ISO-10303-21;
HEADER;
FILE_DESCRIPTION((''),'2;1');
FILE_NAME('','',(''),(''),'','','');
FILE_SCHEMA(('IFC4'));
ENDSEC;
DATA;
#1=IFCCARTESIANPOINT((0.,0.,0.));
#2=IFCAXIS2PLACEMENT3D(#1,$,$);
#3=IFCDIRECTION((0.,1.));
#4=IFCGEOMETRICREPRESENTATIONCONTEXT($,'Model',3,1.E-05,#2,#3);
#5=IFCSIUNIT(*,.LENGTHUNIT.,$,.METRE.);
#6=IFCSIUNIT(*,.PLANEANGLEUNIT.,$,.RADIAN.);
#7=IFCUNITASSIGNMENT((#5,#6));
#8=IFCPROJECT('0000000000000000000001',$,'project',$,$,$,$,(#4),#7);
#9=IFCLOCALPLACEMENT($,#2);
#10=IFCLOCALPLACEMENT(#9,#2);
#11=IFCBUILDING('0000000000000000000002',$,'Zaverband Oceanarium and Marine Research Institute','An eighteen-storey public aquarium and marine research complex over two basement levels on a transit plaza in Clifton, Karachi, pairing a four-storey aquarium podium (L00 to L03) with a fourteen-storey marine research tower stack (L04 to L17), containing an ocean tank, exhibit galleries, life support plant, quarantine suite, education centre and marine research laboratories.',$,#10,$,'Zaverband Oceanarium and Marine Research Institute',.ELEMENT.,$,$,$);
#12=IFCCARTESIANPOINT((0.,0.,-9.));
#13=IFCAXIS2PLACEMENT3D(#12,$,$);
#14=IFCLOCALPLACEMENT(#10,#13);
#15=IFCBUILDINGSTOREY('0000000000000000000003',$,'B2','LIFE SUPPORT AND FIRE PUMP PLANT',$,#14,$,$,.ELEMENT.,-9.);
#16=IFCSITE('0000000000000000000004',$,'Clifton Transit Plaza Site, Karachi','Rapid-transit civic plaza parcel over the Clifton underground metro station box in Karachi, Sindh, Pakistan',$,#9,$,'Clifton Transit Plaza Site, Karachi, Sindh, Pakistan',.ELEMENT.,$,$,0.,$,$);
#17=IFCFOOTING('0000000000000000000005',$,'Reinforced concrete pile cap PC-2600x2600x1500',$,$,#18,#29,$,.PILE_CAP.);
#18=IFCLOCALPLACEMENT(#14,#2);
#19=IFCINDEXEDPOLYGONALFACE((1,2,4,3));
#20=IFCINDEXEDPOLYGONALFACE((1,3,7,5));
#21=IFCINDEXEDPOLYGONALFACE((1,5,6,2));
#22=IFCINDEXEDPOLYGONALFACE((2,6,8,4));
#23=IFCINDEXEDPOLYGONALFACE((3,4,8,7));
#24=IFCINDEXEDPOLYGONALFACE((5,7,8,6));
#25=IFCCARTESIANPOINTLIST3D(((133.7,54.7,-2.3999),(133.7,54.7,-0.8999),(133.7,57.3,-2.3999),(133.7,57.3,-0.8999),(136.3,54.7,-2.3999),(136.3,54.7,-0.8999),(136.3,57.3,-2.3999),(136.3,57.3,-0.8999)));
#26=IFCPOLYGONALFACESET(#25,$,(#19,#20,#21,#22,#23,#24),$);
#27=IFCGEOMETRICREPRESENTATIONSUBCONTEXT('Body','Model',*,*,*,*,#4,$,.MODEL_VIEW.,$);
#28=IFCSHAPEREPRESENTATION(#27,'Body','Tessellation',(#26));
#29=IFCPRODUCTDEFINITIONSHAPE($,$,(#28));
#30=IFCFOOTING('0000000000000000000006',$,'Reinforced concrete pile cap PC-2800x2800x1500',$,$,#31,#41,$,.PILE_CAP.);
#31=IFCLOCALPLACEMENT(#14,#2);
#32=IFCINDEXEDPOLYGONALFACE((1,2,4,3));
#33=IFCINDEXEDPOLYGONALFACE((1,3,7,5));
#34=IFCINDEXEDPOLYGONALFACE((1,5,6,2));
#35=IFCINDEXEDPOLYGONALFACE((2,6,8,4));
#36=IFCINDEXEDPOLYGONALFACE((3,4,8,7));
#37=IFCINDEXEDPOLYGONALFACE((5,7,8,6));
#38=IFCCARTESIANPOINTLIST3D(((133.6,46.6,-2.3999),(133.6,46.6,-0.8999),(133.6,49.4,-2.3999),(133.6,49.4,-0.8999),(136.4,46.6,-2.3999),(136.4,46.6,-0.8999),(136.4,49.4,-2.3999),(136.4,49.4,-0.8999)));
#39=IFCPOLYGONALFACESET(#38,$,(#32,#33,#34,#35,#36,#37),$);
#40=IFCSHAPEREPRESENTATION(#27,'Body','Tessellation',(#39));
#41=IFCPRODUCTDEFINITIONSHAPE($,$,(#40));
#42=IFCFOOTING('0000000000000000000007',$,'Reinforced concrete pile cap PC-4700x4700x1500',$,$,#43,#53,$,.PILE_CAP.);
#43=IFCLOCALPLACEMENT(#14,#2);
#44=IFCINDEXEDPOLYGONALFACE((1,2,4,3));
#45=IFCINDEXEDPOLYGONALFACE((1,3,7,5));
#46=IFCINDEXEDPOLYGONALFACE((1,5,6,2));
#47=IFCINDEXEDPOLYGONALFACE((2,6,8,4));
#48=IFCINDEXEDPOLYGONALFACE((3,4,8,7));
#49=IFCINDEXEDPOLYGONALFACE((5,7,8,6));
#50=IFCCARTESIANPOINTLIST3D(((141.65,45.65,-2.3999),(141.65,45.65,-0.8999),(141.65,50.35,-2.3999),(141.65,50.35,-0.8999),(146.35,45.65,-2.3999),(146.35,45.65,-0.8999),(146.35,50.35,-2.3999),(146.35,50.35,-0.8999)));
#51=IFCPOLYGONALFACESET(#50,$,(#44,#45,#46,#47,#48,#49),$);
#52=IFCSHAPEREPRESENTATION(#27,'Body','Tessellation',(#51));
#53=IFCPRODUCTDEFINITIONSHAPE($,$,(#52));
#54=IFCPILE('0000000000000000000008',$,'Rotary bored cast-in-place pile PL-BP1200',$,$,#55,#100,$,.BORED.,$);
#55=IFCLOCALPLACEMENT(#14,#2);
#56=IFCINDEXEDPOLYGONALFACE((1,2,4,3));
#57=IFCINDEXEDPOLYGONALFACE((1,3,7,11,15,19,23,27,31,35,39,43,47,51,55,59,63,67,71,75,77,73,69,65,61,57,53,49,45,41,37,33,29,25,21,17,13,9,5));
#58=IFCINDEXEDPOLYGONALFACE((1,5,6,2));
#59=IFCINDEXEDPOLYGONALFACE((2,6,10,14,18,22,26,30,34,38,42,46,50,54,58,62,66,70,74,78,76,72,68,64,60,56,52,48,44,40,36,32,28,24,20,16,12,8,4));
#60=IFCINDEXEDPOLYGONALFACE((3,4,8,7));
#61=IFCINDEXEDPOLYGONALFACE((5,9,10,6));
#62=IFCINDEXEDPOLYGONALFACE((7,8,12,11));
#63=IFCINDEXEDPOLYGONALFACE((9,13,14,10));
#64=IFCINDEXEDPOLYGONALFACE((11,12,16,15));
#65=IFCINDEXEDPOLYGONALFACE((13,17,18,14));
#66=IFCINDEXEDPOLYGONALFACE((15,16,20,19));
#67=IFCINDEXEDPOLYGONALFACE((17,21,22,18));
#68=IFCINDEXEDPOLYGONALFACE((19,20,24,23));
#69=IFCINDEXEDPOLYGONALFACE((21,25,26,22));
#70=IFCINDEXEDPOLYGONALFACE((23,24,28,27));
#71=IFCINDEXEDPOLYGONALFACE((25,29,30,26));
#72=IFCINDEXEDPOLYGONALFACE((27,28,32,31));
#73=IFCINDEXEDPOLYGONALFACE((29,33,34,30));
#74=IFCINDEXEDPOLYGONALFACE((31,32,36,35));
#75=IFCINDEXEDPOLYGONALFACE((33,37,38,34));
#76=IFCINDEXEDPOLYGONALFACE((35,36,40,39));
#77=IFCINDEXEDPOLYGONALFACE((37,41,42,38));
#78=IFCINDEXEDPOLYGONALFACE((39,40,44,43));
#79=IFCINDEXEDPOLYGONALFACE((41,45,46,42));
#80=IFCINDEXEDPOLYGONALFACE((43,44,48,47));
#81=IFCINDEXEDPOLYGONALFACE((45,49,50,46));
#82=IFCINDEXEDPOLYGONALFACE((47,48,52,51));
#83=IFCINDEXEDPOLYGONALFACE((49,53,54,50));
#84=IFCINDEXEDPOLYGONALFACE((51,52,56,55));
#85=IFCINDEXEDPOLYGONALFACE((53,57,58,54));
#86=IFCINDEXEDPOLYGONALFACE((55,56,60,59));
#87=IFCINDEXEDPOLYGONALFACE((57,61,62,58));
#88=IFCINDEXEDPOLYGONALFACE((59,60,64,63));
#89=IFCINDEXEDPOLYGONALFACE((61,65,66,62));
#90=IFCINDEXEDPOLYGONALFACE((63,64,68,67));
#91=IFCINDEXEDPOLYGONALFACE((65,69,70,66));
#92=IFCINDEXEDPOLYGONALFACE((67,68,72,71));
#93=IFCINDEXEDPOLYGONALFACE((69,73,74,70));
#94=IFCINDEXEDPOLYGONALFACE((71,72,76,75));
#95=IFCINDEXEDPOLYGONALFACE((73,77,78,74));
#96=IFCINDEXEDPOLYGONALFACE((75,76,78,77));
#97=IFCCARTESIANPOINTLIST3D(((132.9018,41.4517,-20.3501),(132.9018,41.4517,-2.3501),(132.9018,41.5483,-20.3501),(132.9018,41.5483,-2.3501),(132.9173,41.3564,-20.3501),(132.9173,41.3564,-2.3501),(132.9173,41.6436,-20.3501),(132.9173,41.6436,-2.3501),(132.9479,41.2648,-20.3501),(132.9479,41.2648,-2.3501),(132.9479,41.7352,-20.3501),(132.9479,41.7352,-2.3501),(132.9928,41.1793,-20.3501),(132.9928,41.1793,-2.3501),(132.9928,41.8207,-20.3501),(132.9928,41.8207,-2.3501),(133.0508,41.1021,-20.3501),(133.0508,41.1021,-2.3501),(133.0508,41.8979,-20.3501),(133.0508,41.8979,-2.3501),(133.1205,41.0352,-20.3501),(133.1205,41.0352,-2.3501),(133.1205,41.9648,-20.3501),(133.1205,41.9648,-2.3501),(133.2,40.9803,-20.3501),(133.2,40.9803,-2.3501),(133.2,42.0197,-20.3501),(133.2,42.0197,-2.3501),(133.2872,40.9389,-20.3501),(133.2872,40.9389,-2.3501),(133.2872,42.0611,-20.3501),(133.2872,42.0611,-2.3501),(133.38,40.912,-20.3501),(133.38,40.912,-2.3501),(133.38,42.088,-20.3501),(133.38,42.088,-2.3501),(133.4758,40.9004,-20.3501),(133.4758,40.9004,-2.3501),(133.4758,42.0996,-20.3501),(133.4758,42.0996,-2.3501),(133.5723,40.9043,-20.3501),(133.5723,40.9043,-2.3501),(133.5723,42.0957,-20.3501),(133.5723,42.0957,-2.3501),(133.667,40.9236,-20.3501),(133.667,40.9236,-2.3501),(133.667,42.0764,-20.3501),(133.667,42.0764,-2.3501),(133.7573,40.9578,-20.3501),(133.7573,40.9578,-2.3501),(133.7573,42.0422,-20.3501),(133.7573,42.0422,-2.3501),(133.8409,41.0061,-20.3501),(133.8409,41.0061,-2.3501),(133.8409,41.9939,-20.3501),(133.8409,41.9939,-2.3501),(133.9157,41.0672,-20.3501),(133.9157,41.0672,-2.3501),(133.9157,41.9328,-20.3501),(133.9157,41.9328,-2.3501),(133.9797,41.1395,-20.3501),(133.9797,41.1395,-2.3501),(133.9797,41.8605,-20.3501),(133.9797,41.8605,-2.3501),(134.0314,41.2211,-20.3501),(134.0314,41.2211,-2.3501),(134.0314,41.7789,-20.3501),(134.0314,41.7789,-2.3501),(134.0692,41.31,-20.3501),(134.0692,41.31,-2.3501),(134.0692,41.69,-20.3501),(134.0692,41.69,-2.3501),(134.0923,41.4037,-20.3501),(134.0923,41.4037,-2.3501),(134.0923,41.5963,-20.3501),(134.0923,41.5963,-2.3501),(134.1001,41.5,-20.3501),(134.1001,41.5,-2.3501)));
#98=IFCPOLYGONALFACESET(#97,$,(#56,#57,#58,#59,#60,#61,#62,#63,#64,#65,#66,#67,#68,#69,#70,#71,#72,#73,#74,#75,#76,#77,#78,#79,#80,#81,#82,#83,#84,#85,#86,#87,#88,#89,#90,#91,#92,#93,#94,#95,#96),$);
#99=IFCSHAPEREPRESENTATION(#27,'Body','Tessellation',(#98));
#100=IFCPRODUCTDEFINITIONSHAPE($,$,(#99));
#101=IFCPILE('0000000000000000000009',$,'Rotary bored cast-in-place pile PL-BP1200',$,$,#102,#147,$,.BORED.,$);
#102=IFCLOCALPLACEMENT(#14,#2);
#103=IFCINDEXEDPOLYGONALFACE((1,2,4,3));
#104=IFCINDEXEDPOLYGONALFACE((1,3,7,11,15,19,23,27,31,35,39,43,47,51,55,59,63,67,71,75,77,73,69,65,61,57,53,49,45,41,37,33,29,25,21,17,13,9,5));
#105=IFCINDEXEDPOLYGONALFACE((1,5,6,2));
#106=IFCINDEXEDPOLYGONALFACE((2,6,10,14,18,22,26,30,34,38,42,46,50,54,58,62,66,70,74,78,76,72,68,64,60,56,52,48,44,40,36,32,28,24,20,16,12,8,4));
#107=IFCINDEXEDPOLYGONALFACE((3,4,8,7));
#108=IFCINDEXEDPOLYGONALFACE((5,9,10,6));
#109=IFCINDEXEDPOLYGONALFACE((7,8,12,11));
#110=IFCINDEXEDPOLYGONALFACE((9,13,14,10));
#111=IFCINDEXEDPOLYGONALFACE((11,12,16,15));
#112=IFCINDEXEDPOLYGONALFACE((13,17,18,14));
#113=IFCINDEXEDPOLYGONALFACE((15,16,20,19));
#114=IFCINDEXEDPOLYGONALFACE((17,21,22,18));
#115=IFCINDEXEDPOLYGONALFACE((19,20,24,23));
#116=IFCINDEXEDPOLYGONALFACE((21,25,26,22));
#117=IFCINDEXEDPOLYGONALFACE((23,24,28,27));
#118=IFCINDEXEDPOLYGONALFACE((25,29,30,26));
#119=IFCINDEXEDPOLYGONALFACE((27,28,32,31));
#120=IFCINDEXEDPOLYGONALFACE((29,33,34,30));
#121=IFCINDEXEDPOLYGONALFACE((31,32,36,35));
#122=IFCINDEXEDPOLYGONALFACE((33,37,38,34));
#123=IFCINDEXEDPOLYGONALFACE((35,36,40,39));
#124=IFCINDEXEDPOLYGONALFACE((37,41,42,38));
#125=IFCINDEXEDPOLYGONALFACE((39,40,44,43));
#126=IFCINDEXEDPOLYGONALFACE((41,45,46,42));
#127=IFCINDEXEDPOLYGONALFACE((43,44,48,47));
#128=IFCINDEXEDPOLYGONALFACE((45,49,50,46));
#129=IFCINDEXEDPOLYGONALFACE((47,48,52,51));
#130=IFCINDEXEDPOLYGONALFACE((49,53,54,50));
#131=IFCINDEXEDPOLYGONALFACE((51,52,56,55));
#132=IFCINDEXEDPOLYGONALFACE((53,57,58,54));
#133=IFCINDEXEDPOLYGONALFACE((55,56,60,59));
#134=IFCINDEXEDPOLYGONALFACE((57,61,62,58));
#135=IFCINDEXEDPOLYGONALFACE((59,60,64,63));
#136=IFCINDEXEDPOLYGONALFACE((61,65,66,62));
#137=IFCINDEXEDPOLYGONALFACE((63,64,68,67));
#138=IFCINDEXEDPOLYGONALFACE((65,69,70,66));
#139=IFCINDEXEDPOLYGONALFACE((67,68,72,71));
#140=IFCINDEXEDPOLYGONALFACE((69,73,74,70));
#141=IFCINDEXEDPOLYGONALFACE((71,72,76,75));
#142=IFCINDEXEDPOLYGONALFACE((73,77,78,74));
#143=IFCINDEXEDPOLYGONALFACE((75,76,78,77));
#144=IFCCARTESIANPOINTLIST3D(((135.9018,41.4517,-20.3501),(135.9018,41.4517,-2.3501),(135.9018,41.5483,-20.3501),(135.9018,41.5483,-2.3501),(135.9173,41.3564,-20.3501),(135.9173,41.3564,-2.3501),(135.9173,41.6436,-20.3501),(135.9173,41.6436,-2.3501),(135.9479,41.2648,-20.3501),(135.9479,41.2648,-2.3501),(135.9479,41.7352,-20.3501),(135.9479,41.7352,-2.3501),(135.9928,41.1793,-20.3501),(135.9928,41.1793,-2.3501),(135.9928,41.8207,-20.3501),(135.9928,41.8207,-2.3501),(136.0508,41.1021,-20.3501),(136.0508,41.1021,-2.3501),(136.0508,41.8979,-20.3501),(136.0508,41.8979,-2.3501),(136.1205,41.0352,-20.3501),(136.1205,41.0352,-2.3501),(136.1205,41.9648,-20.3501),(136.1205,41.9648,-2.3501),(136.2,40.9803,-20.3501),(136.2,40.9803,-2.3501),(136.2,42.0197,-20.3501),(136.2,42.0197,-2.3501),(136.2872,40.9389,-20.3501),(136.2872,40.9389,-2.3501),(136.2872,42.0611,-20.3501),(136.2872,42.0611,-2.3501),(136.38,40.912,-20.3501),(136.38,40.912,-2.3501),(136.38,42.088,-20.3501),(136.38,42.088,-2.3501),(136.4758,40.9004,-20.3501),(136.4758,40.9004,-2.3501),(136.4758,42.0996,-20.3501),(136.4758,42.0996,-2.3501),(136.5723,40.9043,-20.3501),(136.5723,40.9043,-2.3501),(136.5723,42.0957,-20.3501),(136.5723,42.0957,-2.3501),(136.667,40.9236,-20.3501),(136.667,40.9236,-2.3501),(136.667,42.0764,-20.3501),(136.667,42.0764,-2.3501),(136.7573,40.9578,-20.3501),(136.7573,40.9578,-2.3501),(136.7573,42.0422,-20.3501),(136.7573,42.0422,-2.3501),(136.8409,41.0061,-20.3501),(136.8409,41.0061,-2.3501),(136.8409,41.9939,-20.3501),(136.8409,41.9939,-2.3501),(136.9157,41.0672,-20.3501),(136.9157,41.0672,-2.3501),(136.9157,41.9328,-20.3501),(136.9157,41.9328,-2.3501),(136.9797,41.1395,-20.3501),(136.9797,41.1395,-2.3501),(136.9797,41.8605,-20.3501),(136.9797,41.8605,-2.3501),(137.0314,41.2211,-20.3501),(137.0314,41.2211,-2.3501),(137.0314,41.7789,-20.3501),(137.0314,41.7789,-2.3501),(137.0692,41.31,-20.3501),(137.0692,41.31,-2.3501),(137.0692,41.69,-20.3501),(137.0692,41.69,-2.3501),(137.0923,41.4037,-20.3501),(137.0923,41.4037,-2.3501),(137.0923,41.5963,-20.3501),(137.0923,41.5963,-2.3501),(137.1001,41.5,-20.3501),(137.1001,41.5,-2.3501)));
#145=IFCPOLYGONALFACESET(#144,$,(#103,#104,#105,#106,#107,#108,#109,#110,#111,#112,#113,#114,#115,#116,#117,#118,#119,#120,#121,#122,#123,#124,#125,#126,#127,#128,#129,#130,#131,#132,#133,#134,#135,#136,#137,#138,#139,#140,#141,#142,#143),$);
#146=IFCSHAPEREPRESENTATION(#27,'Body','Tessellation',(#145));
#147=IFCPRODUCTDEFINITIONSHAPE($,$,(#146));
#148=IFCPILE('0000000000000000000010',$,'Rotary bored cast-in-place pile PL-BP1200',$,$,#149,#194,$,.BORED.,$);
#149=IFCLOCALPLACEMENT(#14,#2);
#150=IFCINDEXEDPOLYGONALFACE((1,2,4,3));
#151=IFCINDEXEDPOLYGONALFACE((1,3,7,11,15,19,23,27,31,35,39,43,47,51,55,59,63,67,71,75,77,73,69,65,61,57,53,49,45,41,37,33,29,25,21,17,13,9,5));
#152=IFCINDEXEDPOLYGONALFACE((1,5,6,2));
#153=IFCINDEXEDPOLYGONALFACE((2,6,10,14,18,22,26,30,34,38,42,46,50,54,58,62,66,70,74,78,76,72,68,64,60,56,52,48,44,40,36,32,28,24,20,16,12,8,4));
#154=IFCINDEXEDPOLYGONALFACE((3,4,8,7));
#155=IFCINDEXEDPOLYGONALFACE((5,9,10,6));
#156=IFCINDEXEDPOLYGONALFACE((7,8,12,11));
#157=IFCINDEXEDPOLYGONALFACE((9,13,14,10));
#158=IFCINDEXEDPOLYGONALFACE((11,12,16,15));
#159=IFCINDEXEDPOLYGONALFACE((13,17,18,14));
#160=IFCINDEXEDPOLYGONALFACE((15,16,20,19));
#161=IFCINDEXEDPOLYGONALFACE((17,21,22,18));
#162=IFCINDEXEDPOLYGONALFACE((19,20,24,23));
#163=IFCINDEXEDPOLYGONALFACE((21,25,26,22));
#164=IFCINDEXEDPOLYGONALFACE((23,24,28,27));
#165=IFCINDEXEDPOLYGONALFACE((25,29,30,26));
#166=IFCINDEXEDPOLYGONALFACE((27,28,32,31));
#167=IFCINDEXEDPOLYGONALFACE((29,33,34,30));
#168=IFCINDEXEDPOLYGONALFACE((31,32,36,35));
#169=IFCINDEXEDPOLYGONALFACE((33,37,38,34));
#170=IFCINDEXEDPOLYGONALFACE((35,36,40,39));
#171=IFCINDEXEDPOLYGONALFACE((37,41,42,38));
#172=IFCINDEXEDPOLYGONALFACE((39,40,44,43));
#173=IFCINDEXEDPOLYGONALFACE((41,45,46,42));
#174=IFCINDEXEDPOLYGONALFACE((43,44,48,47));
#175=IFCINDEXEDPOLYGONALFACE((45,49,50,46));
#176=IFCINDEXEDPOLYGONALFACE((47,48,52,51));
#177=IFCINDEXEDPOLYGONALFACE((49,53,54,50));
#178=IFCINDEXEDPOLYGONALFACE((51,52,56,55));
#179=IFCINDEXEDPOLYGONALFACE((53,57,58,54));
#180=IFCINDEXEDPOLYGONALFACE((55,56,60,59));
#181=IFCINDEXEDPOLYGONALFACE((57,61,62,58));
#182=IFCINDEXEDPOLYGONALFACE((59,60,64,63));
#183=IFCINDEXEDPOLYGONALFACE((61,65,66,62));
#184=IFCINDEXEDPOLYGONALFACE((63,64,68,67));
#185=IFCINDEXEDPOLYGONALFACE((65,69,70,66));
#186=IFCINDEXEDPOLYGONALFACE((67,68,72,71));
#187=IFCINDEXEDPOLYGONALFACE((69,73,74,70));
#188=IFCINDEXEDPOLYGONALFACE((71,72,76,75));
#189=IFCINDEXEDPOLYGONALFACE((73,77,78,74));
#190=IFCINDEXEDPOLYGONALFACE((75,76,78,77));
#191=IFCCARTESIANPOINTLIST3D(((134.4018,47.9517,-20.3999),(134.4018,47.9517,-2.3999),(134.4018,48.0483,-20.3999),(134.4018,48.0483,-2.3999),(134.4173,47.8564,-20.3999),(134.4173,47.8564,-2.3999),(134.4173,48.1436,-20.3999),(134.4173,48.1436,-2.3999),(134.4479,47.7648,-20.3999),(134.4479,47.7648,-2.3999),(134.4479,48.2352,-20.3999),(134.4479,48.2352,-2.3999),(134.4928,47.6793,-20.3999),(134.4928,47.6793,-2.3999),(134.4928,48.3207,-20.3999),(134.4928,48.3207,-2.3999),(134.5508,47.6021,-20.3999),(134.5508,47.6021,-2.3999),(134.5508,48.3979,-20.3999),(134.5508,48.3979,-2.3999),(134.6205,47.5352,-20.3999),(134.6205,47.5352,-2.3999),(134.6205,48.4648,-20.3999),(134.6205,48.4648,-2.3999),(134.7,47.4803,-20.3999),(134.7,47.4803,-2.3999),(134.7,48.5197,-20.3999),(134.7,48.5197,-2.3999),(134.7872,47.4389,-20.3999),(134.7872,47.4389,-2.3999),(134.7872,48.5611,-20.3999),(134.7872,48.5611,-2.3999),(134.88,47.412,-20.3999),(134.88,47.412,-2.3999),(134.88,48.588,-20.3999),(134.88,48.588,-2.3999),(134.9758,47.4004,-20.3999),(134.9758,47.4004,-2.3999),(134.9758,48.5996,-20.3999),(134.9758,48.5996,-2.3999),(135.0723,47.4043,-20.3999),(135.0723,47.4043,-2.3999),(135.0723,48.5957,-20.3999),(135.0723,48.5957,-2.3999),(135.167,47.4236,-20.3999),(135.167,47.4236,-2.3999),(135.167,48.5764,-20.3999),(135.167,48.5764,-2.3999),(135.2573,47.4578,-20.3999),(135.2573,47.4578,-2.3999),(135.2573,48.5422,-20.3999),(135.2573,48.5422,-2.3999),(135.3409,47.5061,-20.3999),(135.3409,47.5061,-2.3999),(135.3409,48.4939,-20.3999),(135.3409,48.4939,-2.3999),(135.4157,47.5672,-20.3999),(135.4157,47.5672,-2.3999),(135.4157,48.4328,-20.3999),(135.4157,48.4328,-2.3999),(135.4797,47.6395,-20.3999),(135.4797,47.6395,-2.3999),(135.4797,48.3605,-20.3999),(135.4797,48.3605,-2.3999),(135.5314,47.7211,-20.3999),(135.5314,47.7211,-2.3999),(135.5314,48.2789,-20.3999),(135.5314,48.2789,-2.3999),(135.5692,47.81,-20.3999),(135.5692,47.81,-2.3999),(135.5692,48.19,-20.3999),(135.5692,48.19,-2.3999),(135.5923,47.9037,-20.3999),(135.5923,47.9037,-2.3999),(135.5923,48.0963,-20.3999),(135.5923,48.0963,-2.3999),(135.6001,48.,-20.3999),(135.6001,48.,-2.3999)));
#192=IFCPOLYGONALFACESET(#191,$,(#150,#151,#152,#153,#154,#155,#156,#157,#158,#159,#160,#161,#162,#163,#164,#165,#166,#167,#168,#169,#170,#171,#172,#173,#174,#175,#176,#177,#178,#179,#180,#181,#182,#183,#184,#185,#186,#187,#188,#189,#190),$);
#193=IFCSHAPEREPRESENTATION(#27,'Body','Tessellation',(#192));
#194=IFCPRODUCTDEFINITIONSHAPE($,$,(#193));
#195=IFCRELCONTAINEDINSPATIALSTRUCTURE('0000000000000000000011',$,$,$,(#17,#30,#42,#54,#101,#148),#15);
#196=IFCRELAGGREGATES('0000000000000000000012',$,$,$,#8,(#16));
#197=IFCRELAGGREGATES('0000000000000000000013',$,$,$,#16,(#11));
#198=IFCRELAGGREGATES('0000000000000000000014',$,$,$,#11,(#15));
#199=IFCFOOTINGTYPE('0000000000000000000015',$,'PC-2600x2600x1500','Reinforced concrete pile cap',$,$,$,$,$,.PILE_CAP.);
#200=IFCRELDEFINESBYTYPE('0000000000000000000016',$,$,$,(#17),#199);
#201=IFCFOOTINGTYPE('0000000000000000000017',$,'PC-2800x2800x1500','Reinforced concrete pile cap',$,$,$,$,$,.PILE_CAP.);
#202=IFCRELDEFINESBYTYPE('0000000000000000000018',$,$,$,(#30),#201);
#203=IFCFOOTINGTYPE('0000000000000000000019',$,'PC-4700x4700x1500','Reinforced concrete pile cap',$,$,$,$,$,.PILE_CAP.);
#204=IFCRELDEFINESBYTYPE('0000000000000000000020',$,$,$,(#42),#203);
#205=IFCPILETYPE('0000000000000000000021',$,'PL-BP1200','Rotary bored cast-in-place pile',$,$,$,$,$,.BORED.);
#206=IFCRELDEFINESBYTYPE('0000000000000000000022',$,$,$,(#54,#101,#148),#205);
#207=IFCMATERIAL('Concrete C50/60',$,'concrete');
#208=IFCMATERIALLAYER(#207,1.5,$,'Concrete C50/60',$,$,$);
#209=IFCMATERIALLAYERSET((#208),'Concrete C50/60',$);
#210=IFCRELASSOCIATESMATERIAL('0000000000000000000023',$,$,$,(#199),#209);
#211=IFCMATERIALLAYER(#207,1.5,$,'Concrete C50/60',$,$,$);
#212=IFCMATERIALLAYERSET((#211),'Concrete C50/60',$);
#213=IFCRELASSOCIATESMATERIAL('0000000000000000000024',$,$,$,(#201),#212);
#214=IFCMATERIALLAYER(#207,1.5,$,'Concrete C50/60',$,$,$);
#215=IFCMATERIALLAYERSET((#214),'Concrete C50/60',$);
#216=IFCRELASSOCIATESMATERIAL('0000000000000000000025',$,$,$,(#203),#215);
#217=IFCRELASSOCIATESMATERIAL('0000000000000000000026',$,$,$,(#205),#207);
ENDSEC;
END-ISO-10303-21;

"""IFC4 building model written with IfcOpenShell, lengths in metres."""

from ifc_helpers import new_model, si_unit, direction, frame, origin, origin_2d, place, context, subcontext, project, spatial, rectangle, circle, extrude, material, layer, layer_set, material_profile, profile_set, type_object, element, save


model = new_model("IFC4")

# Units and contexts
model_context = context("Model", 3, precision=1e-05, world=origin(), true_north=direction((0.0, 1.0)))
body_context = subcontext(model_context, "Body", "Model", "MODEL_VIEW")
ifc_project = project(units=[si_unit("LENGTHUNIT", "METRE"), si_unit("PLANEANGLEUNIT", "RADIAN")], contexts=[model_context])

# Site, building, storey
site_placement = place(None, origin())
site = spatial("IfcSite", under=ifc_project, at=site_placement, Name="Clifton Transit Plaza Site, Karachi", Description="Rapid-transit civic plaza parcel over the Clifton underground metro station box in Karachi, Sindh, Pakistan", LongName="Clifton Transit Plaza Site, Karachi, Sindh, Pakistan", CompositionType="ELEMENT", RefElevation=0.0)
building_placement = place(site_placement, origin())
building = spatial("IfcBuilding", under=site, at=building_placement, Name="Zaverband Oceanarium and Marine Research Institute", Description="An eighteen-storey public aquarium and marine research complex over two basement levels on a transit plaza in Clifton, Karachi, pairing a four-storey aquarium podium (L00 to L03) with a fourteen-storey marine research tower stack (L04 to L17), containing an ocean tank, exhibit galleries, life support plant, quarantine suite, education centre and marine research laboratories.", LongName="Zaverband Oceanarium and Marine Research Institute", CompositionType="ELEMENT")
storey_placement = place(building_placement, frame((0.0, 0.0, -9.0)))
storey = spatial("IfcBuildingStorey", under=building, at=storey_placement, Name="B2", Description="LIFE SUPPORT AND FIRE PUMP PLANT", CompositionType="ELEMENT", Elevation=-9.0)

# Footings
ifc_material_1 = material(Name="Concrete C50/60", Category="concrete")
ifc_layer_1 = layer(ifc_material_1, 1.5, Name="Concrete C50/60")
ifc_layer_set_1 = layer_set([ifc_layer_1], Name="Concrete C50/60")
footing_type_1 = type_object("IfcFootingType", Name="PC-2600x2600x1500", Description="Reinforced concrete pile cap", PredefinedType="PILE_CAP", material=ifc_layer_set_1)
footing_1_placement = place(storey_placement, frame((135.0, 56.0, -2.3999), z_axis=(0.0, 0.0, 1.0), x_axis=(1.0, 0.0, 0.0)))
element("IfcFooting", 1, at=footing_1_placement, inside=storey, type_object=footing_type_1, Name="Reinforced concrete pile cap PC-2600x2600x1500", PredefinedType="PILE_CAP", context=body_context, shape_type="SweptSolid", body=[
    extrude(rectangle(XDim=2.6001, YDim=2.6001, at=origin_2d()), origin(), (0.0, 0.0, 1.0), 1.5),
])
ifc_layer_2 = layer(ifc_material_1, 1.5, Name="Concrete C50/60")
ifc_layer_set_2 = layer_set([ifc_layer_2], Name="Concrete C50/60")
footing_type_2 = type_object("IfcFootingType", Name="PC-2800x2800x1500", Description="Reinforced concrete pile cap", PredefinedType="PILE_CAP", material=ifc_layer_set_2)
footing_2_placement = place(storey_placement, frame((135.0, 48.0, -2.3999), z_axis=(0.0, 0.0, 1.0), x_axis=(1.0, 0.0, 0.0)))
element("IfcFooting", 2, at=footing_2_placement, inside=storey, type_object=footing_type_2, Name="Reinforced concrete pile cap PC-2800x2800x1500", PredefinedType="PILE_CAP", context=body_context, shape_type="SweptSolid", body=[
    extrude(rectangle(XDim=2.8, YDim=2.8, at=origin_2d()), origin(), (0.0, 0.0, 1.0), 1.5),
])
ifc_layer_3 = layer(ifc_material_1, 1.5, Name="Concrete C50/60")
ifc_layer_set_3 = layer_set([ifc_layer_3], Name="Concrete C50/60")
footing_type_3 = type_object("IfcFootingType", Name="PC-4700x4700x1500", Description="Reinforced concrete pile cap", PredefinedType="PILE_CAP", material=ifc_layer_set_3)
footing_3_placement = place(storey_placement, frame((144.0, 48.0, -2.3999), z_axis=(0.0, 0.0, 1.0), x_axis=(1.0, 0.0, 0.0)))
element("IfcFooting", 3, at=footing_3_placement, inside=storey, type_object=footing_type_3, Name="Reinforced concrete pile cap PC-4700x4700x1500", PredefinedType="PILE_CAP", context=body_context, shape_type="SweptSolid", body=[
    extrude(rectangle(XDim=4.7, YDim=4.7, at=origin_2d()), origin(), (0.0, 0.0, 1.0), 1.5),
])

# Piles
ifc_material_profile_1 = material_profile(ifc_material_1, circle(Radius=0.6001, at=origin_2d()), Name="BP1200")
ifc_profile_set_1 = profile_set([ifc_material_profile_1], Name="Concrete C50/60")
pile_type = type_object("IfcPileType", Name="PL-BP1200", Description="Rotary bored cast-in-place pile", PredefinedType="BORED", material=ifc_profile_set_1)
for number, where, z_axis, x_axis, name in (
    (4, (133.5, 41.5, -2.3501), (0.0, 0.0, -1.0), (1.0, 0.0, 0.0), "Rotary bored cast-in-place pile PL-BP1200"),
    (5, (136.5, 41.5, -2.3501), (0.0, 0.0, -1.0), (1.0, 0.0, 0.0), "Rotary bored cast-in-place pile PL-BP1200"),
    (6, (135.0, 48.0, -2.3999), (0.0, 0.0, -1.0), (1.0, 0.0, 0.0), "Rotary bored cast-in-place pile PL-BP1200"),
):
    element("IfcPile", number, at=place(storey_placement, frame(where, z_axis=z_axis, x_axis=x_axis)), inside=storey, type_object=pile_type, Name=name, PredefinedType="BORED", context=body_context, shape_type="SweptSolid", body=[
        extrude(circle(Radius=0.6001, at=origin_2d()), origin(), (0.0, 0.0, 1.0), 18.0),
    ])

save(model, "model.ifc")
